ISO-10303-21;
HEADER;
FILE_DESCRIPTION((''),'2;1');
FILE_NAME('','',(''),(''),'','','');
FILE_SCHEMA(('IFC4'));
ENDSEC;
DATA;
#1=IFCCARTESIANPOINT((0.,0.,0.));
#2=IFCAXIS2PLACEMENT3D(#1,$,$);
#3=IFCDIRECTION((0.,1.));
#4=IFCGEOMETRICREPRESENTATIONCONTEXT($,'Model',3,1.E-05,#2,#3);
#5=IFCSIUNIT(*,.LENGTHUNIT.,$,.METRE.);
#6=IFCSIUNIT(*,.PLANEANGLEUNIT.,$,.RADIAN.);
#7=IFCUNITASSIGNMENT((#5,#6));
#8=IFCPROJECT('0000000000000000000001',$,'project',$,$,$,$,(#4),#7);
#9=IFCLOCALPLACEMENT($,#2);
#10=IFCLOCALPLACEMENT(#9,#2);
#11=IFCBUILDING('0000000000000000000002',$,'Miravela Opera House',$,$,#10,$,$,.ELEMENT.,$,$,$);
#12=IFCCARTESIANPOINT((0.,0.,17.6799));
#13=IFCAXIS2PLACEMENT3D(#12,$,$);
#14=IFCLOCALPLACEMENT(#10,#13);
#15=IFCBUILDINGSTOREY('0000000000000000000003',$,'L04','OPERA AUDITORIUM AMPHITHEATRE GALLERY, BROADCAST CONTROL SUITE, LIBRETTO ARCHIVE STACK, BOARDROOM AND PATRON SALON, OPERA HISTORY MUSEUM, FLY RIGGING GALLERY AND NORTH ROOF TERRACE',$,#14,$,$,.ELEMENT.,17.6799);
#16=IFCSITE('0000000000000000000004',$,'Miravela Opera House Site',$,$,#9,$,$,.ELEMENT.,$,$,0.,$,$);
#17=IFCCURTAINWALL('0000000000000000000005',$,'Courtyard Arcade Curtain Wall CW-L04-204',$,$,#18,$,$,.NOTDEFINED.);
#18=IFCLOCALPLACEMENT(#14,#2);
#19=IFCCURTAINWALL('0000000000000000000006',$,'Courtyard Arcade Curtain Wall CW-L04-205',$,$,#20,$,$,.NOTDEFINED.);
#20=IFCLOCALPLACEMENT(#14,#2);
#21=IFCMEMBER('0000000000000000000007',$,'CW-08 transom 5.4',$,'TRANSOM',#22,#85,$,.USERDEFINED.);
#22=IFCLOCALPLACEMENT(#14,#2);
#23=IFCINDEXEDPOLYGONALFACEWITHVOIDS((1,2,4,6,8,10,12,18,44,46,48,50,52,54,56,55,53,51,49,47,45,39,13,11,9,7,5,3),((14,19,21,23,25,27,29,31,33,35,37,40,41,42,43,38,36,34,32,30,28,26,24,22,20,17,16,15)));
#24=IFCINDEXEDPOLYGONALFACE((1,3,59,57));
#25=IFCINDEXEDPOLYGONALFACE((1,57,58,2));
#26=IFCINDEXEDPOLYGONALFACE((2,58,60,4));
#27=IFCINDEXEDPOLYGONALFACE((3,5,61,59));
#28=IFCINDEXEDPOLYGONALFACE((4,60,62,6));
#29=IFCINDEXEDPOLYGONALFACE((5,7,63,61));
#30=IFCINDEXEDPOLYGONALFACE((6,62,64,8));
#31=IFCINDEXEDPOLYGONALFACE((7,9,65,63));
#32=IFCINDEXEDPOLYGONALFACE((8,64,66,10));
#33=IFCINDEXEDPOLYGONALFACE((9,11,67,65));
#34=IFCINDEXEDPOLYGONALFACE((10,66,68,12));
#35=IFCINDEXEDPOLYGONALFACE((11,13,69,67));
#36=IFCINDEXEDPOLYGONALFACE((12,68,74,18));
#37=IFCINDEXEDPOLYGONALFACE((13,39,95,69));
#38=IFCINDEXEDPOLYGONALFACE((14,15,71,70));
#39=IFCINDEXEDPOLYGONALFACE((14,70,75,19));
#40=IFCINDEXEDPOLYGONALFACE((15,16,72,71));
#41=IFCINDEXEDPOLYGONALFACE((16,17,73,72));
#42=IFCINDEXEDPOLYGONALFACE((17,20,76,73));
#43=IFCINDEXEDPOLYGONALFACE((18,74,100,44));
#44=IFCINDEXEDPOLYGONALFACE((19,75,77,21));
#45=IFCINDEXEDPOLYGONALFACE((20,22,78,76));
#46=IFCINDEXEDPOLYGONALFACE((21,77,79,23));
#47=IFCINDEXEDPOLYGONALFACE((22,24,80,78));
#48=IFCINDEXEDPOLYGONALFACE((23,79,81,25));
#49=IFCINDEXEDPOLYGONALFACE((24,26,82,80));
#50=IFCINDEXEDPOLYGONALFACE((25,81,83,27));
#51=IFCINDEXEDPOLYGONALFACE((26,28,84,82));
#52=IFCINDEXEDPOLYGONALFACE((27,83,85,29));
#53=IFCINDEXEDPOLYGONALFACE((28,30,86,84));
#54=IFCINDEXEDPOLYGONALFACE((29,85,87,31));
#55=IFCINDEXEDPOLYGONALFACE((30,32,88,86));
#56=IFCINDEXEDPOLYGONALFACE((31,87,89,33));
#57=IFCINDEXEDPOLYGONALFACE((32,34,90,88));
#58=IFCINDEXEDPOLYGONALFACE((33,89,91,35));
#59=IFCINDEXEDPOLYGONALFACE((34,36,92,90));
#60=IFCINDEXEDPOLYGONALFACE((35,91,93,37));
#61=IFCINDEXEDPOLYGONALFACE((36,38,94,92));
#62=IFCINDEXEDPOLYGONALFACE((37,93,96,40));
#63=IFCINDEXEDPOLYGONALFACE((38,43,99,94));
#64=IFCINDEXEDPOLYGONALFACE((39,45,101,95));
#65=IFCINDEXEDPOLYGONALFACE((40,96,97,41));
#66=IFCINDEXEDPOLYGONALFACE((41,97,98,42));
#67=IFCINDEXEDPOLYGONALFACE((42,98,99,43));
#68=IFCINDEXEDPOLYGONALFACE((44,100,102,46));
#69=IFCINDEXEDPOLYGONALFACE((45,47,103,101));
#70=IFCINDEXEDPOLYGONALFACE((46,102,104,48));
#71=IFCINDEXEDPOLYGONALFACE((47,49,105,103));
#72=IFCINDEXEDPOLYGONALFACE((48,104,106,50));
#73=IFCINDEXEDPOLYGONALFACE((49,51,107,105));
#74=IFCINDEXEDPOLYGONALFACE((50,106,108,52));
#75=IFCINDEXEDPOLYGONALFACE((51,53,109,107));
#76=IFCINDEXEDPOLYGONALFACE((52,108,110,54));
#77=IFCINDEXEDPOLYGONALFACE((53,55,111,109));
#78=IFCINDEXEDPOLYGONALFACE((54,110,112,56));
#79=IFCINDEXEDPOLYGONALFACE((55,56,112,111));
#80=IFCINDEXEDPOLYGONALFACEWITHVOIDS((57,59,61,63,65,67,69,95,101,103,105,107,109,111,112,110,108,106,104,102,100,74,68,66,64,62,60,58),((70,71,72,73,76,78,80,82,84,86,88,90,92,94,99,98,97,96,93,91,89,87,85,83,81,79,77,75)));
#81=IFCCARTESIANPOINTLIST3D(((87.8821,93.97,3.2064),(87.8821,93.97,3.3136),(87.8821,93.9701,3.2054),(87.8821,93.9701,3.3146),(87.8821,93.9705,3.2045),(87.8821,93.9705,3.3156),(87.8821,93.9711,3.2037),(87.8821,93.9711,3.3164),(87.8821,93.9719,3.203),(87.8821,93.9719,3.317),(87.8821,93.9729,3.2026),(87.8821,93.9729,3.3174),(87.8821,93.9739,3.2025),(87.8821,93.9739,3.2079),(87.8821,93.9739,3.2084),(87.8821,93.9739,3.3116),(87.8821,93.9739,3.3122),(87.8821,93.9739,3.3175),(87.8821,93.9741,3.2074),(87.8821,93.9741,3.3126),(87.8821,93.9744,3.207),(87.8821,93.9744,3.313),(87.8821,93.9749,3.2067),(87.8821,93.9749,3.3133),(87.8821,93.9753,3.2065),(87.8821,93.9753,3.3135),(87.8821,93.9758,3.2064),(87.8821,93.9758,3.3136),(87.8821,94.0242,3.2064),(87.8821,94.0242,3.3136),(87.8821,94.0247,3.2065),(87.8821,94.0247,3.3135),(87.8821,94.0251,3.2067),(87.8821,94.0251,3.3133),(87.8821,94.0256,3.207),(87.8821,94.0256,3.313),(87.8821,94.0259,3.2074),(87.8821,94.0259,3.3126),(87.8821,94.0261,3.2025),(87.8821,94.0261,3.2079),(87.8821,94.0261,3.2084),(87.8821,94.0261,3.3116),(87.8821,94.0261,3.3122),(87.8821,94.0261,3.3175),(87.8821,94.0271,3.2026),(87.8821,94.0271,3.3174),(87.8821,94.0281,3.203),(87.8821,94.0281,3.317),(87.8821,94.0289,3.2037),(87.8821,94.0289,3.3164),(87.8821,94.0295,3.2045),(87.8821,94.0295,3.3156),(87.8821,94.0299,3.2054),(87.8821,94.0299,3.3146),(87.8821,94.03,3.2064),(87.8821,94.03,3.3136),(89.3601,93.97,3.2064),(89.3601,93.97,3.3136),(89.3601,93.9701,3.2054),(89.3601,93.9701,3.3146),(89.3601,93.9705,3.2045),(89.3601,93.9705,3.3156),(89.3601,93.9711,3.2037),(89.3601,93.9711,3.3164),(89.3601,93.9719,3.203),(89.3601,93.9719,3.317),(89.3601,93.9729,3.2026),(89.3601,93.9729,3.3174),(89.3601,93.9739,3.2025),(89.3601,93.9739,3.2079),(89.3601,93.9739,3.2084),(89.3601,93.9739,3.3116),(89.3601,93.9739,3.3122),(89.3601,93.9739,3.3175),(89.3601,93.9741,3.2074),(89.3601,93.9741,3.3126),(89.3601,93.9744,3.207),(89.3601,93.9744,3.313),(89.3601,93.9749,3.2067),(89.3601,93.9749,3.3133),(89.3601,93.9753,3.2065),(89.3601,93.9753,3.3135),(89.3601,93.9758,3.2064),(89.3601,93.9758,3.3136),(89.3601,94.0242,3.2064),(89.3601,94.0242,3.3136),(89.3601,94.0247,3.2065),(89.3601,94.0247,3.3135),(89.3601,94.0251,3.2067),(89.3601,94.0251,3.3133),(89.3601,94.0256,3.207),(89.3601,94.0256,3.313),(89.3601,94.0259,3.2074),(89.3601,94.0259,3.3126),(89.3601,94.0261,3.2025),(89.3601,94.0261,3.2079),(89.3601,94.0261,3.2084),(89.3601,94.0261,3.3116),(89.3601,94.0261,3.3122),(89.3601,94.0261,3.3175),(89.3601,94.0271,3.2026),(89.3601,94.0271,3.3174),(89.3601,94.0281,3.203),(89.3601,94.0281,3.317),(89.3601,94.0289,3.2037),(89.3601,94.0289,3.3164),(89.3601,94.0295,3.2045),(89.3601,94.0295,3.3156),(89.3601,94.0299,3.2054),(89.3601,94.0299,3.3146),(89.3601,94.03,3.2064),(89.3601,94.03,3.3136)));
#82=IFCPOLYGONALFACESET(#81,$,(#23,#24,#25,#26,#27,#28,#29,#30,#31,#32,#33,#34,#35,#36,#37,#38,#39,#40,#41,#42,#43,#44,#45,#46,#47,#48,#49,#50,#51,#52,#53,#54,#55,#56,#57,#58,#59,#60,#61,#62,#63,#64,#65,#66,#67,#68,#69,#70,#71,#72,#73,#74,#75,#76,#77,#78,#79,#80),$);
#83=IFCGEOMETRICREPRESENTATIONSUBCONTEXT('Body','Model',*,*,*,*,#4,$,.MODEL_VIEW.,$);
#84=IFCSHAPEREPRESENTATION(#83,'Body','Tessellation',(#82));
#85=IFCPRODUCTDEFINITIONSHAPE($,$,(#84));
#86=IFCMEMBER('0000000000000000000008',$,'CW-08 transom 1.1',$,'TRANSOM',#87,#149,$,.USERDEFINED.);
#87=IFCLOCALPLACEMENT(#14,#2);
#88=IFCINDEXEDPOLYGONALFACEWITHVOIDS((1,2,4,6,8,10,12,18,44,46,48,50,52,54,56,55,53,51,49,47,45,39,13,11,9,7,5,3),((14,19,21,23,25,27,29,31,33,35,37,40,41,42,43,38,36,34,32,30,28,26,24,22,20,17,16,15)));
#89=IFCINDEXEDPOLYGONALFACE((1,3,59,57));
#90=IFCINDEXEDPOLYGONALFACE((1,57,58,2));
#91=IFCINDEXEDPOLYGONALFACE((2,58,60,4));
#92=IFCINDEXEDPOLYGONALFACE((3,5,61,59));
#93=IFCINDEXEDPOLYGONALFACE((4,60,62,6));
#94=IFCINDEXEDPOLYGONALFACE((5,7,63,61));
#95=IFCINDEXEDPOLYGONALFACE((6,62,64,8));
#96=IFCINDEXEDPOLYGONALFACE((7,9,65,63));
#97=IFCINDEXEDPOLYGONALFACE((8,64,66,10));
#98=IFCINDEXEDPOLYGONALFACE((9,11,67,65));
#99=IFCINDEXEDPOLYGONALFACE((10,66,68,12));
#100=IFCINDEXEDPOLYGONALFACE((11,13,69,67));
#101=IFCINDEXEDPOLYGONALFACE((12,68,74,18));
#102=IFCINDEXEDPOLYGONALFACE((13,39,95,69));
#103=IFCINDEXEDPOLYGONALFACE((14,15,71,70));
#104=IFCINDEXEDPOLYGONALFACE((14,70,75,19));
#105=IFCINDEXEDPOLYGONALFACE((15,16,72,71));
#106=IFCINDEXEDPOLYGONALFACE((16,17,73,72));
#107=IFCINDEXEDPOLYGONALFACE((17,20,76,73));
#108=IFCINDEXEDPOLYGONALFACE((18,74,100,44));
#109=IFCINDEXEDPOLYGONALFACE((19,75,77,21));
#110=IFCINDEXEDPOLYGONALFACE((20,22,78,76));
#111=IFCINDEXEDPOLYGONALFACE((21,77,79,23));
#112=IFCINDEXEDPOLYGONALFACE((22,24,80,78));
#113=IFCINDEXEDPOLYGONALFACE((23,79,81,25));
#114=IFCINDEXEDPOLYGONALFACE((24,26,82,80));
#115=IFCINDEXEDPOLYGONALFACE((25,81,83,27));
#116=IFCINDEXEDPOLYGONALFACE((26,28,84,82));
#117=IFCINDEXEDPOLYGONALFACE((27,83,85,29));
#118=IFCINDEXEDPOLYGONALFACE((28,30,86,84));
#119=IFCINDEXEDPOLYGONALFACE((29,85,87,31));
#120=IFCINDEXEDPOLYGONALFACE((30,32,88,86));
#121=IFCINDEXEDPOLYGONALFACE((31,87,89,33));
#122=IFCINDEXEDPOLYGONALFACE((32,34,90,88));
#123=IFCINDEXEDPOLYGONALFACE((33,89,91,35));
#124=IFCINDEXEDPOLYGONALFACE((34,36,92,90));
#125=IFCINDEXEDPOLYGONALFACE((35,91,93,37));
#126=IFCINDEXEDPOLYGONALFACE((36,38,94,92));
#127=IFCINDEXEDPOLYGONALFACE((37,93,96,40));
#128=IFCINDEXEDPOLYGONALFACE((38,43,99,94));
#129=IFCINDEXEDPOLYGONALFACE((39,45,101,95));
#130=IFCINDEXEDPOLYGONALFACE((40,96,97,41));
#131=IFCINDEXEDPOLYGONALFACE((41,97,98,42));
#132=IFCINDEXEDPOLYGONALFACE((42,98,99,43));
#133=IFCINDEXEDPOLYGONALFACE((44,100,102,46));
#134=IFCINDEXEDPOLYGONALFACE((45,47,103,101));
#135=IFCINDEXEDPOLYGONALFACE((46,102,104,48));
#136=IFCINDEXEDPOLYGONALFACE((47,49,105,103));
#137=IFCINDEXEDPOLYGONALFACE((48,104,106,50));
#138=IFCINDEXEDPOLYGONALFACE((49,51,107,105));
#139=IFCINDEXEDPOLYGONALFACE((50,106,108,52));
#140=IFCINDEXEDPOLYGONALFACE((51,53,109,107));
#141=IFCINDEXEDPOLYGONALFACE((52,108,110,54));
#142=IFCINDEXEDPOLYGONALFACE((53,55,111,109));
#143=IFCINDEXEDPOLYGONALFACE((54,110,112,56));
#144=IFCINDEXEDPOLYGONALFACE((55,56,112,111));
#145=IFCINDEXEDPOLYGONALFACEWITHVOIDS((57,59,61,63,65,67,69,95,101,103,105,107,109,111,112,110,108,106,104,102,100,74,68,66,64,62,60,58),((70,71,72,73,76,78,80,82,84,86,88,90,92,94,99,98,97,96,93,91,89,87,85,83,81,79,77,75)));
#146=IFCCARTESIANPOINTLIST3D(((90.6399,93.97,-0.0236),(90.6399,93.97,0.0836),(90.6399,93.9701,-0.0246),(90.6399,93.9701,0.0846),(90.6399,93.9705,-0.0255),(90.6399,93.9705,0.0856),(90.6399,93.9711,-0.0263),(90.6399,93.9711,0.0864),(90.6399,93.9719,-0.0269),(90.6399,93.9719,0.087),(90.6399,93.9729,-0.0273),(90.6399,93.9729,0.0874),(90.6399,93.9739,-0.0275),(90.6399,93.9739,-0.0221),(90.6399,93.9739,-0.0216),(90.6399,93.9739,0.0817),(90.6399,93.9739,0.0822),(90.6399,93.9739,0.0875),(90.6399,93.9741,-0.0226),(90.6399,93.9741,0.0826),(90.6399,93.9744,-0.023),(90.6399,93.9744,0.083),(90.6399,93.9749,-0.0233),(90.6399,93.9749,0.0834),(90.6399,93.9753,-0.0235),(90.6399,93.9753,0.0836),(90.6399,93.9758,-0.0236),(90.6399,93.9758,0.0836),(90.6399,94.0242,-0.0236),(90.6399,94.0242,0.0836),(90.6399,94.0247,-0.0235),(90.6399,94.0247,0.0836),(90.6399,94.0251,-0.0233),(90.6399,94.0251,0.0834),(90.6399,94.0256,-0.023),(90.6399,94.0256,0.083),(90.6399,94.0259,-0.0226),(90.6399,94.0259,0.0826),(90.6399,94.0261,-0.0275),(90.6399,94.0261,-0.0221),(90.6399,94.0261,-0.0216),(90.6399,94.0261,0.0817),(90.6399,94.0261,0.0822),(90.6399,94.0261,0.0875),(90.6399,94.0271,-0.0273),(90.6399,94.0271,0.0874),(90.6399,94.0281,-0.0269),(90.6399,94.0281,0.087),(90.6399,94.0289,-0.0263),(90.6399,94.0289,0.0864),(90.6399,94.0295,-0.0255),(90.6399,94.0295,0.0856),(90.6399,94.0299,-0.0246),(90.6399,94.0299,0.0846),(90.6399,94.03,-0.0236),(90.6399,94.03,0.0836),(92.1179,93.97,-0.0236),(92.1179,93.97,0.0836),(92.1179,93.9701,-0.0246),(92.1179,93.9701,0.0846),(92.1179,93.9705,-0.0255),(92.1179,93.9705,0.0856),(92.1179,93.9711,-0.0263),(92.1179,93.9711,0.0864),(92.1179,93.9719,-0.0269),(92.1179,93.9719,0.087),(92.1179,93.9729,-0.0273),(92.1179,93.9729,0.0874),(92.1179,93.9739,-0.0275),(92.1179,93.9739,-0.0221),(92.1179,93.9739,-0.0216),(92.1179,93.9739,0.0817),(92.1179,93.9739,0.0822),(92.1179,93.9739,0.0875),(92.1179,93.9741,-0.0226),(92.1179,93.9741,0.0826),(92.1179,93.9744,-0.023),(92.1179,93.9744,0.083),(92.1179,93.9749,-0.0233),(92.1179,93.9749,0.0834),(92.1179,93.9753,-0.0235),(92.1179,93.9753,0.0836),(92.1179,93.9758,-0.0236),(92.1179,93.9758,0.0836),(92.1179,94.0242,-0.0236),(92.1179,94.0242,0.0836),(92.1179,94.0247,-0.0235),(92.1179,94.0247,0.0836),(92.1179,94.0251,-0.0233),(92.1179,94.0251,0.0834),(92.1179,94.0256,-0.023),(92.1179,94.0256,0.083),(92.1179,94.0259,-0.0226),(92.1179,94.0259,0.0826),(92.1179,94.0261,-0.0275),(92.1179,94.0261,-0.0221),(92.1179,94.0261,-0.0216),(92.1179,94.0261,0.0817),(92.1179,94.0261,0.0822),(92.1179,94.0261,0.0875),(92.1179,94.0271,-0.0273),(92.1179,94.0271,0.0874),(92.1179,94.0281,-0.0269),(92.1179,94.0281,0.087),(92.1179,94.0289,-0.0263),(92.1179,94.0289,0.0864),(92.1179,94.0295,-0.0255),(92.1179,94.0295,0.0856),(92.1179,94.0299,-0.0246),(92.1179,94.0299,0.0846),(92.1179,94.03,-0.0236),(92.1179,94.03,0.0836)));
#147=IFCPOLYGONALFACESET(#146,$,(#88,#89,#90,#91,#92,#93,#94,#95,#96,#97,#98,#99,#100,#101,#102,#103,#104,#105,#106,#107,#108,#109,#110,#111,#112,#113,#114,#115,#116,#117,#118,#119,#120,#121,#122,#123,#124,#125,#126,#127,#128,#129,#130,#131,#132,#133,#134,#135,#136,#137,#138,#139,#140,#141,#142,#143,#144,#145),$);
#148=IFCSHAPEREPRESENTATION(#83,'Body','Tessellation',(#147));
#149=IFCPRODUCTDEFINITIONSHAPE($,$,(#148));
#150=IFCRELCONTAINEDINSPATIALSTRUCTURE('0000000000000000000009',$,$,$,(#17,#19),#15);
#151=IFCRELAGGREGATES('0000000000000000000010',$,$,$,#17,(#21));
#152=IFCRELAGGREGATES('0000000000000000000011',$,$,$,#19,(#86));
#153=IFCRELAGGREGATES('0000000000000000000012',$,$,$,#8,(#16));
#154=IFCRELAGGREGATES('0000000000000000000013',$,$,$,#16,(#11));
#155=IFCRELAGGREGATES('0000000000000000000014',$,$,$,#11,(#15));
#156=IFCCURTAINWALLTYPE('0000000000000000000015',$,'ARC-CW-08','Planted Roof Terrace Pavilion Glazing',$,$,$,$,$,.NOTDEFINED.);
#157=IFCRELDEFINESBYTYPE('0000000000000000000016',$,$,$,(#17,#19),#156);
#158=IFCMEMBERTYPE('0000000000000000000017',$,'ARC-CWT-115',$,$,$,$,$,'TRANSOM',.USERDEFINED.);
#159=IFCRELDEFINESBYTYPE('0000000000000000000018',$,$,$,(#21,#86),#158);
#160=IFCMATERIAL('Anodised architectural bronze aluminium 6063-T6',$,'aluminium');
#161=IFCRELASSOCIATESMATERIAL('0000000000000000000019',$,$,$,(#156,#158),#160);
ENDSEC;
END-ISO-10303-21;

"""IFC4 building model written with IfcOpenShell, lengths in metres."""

from ifc_helpers import new_model, si_unit, direction, frame, origin, origin_2d, place, context, subcontext, project, spatial, hollow_rectangle, extrude, material, material_profile, profile_set, type_object, element, aggregate, save


model = new_model("IFC4")

# Units and contexts
model_context = context("Model", 3, precision=1e-05, world=origin(), true_north=direction((0.0, 1.0)))
body_context = subcontext(model_context, "Body", "Model", "MODEL_VIEW")
ifc_project = project(units=[si_unit("LENGTHUNIT", "METRE"), si_unit("PLANEANGLEUNIT", "RADIAN")], contexts=[model_context])

# Site, building, storey
site_placement = place(None, origin())
site = spatial("IfcSite", under=ifc_project, at=site_placement, Name="Miravela Opera House Site", CompositionType="ELEMENT", RefElevation=0.0)
building_placement = place(site_placement, origin())
building = spatial("IfcBuilding", under=site, at=building_placement, Name="Miravela Opera House", CompositionType="ELEMENT")
storey_placement = place(building_placement, frame((0.0, 0.0, 17.6799)))
storey = spatial("IfcBuildingStorey", under=building, at=storey_placement, Name="L04", Description="OPERA AUDITORIUM AMPHITHEATRE GALLERY, BROADCAST CONTROL SUITE, LIBRETTO ARCHIVE STACK, BOARDROOM AND PATRON SALON, OPERA HISTORY MUSEUM, FLY RIGGING GALLERY AND NORTH ROOF TERRACE", CompositionType="ELEMENT", Elevation=17.6799)

# Curtain wall
ifc_material_1 = material(Name="Anodised architectural bronze aluminium 6063-T6", Category="aluminium")
curtain_wall_type = type_object("IfcCurtainWallType", Name="ARC-CW-08", Description="Planted Roof Terrace Pavilion Glazing", PredefinedType="NOTDEFINED", material=ifc_material_1)
curtain_wall_1_placement = place(storey_placement, origin())
curtain_wall_1 = element("IfcCurtainWall", 1, at=curtain_wall_1_placement, inside=storey, type_object=curtain_wall_type, Name="Courtyard Arcade Curtain Wall CW-L04-204", PredefinedType="NOTDEFINED")

# Curtain wall
curtain_wall_2_placement = place(storey_placement, origin())
curtain_wall_2 = element("IfcCurtainWall", 2, at=curtain_wall_2_placement, inside=storey, type_object=curtain_wall_type, Name="Courtyard Arcade Curtain Wall CW-L04-205", PredefinedType="NOTDEFINED")

# Members
ifc_material_profile_1 = material_profile(ifc_material_1, hollow_rectangle(XDim=0.0601, YDim=0.115, WallThickness=0.0039, InnerFilletRadius=0.002, OuterFilletRadius=0.0039, at=origin_2d()), Name="CWT-60X115")
ifc_profile_set_1 = profile_set([ifc_material_profile_1])
member_type_1 = type_object("IfcMemberType", Name="ARC-CWT-115", ElementType="TRANSOM", PredefinedType="USERDEFINED", material=ifc_profile_set_1)
member_1_placement = place(storey_placement, frame((87.8821, 94.0, 3.26), z_axis=(1.0, 0.0, 0.0), x_axis=(0.0, 1.0, 0.0)))
member_1 = element("IfcMember", 3, at=member_1_placement, type_object=member_type_1, Name="CW-08 transom 5.4", ObjectType="TRANSOM", PredefinedType="USERDEFINED", context=body_context, shape_type="SweptSolid", body=[
    extrude(hollow_rectangle(XDim=0.0601, YDim=0.115, WallThickness=0.0039, InnerFilletRadius=0.002, OuterFilletRadius=0.0039, at=origin_2d()), origin(), (0.0, 0.0, 1.0), 1.478),
])
member_2_placement = place(storey_placement, frame((90.6399, 94.0, 0.03), z_axis=(1.0, 0.0, 0.0), x_axis=(0.0, 1.0, 0.0)))
member_2 = element("IfcMember", 4, at=member_2_placement, type_object=member_type_1, Name="CW-08 transom 1.1", ObjectType="TRANSOM", PredefinedType="USERDEFINED", context=body_context, shape_type="SweptSolid", body=[
    extrude(hollow_rectangle(XDim=0.0601, YDim=0.115, WallThickness=0.0039, InnerFilletRadius=0.002, OuterFilletRadius=0.0039, at=origin_2d()), origin(), (0.0, 0.0, 1.0), 1.478),
])

aggregate(curtain_wall_1, [member_1])
aggregate(curtain_wall_2, [member_2])

save(model, "model.ifc")
